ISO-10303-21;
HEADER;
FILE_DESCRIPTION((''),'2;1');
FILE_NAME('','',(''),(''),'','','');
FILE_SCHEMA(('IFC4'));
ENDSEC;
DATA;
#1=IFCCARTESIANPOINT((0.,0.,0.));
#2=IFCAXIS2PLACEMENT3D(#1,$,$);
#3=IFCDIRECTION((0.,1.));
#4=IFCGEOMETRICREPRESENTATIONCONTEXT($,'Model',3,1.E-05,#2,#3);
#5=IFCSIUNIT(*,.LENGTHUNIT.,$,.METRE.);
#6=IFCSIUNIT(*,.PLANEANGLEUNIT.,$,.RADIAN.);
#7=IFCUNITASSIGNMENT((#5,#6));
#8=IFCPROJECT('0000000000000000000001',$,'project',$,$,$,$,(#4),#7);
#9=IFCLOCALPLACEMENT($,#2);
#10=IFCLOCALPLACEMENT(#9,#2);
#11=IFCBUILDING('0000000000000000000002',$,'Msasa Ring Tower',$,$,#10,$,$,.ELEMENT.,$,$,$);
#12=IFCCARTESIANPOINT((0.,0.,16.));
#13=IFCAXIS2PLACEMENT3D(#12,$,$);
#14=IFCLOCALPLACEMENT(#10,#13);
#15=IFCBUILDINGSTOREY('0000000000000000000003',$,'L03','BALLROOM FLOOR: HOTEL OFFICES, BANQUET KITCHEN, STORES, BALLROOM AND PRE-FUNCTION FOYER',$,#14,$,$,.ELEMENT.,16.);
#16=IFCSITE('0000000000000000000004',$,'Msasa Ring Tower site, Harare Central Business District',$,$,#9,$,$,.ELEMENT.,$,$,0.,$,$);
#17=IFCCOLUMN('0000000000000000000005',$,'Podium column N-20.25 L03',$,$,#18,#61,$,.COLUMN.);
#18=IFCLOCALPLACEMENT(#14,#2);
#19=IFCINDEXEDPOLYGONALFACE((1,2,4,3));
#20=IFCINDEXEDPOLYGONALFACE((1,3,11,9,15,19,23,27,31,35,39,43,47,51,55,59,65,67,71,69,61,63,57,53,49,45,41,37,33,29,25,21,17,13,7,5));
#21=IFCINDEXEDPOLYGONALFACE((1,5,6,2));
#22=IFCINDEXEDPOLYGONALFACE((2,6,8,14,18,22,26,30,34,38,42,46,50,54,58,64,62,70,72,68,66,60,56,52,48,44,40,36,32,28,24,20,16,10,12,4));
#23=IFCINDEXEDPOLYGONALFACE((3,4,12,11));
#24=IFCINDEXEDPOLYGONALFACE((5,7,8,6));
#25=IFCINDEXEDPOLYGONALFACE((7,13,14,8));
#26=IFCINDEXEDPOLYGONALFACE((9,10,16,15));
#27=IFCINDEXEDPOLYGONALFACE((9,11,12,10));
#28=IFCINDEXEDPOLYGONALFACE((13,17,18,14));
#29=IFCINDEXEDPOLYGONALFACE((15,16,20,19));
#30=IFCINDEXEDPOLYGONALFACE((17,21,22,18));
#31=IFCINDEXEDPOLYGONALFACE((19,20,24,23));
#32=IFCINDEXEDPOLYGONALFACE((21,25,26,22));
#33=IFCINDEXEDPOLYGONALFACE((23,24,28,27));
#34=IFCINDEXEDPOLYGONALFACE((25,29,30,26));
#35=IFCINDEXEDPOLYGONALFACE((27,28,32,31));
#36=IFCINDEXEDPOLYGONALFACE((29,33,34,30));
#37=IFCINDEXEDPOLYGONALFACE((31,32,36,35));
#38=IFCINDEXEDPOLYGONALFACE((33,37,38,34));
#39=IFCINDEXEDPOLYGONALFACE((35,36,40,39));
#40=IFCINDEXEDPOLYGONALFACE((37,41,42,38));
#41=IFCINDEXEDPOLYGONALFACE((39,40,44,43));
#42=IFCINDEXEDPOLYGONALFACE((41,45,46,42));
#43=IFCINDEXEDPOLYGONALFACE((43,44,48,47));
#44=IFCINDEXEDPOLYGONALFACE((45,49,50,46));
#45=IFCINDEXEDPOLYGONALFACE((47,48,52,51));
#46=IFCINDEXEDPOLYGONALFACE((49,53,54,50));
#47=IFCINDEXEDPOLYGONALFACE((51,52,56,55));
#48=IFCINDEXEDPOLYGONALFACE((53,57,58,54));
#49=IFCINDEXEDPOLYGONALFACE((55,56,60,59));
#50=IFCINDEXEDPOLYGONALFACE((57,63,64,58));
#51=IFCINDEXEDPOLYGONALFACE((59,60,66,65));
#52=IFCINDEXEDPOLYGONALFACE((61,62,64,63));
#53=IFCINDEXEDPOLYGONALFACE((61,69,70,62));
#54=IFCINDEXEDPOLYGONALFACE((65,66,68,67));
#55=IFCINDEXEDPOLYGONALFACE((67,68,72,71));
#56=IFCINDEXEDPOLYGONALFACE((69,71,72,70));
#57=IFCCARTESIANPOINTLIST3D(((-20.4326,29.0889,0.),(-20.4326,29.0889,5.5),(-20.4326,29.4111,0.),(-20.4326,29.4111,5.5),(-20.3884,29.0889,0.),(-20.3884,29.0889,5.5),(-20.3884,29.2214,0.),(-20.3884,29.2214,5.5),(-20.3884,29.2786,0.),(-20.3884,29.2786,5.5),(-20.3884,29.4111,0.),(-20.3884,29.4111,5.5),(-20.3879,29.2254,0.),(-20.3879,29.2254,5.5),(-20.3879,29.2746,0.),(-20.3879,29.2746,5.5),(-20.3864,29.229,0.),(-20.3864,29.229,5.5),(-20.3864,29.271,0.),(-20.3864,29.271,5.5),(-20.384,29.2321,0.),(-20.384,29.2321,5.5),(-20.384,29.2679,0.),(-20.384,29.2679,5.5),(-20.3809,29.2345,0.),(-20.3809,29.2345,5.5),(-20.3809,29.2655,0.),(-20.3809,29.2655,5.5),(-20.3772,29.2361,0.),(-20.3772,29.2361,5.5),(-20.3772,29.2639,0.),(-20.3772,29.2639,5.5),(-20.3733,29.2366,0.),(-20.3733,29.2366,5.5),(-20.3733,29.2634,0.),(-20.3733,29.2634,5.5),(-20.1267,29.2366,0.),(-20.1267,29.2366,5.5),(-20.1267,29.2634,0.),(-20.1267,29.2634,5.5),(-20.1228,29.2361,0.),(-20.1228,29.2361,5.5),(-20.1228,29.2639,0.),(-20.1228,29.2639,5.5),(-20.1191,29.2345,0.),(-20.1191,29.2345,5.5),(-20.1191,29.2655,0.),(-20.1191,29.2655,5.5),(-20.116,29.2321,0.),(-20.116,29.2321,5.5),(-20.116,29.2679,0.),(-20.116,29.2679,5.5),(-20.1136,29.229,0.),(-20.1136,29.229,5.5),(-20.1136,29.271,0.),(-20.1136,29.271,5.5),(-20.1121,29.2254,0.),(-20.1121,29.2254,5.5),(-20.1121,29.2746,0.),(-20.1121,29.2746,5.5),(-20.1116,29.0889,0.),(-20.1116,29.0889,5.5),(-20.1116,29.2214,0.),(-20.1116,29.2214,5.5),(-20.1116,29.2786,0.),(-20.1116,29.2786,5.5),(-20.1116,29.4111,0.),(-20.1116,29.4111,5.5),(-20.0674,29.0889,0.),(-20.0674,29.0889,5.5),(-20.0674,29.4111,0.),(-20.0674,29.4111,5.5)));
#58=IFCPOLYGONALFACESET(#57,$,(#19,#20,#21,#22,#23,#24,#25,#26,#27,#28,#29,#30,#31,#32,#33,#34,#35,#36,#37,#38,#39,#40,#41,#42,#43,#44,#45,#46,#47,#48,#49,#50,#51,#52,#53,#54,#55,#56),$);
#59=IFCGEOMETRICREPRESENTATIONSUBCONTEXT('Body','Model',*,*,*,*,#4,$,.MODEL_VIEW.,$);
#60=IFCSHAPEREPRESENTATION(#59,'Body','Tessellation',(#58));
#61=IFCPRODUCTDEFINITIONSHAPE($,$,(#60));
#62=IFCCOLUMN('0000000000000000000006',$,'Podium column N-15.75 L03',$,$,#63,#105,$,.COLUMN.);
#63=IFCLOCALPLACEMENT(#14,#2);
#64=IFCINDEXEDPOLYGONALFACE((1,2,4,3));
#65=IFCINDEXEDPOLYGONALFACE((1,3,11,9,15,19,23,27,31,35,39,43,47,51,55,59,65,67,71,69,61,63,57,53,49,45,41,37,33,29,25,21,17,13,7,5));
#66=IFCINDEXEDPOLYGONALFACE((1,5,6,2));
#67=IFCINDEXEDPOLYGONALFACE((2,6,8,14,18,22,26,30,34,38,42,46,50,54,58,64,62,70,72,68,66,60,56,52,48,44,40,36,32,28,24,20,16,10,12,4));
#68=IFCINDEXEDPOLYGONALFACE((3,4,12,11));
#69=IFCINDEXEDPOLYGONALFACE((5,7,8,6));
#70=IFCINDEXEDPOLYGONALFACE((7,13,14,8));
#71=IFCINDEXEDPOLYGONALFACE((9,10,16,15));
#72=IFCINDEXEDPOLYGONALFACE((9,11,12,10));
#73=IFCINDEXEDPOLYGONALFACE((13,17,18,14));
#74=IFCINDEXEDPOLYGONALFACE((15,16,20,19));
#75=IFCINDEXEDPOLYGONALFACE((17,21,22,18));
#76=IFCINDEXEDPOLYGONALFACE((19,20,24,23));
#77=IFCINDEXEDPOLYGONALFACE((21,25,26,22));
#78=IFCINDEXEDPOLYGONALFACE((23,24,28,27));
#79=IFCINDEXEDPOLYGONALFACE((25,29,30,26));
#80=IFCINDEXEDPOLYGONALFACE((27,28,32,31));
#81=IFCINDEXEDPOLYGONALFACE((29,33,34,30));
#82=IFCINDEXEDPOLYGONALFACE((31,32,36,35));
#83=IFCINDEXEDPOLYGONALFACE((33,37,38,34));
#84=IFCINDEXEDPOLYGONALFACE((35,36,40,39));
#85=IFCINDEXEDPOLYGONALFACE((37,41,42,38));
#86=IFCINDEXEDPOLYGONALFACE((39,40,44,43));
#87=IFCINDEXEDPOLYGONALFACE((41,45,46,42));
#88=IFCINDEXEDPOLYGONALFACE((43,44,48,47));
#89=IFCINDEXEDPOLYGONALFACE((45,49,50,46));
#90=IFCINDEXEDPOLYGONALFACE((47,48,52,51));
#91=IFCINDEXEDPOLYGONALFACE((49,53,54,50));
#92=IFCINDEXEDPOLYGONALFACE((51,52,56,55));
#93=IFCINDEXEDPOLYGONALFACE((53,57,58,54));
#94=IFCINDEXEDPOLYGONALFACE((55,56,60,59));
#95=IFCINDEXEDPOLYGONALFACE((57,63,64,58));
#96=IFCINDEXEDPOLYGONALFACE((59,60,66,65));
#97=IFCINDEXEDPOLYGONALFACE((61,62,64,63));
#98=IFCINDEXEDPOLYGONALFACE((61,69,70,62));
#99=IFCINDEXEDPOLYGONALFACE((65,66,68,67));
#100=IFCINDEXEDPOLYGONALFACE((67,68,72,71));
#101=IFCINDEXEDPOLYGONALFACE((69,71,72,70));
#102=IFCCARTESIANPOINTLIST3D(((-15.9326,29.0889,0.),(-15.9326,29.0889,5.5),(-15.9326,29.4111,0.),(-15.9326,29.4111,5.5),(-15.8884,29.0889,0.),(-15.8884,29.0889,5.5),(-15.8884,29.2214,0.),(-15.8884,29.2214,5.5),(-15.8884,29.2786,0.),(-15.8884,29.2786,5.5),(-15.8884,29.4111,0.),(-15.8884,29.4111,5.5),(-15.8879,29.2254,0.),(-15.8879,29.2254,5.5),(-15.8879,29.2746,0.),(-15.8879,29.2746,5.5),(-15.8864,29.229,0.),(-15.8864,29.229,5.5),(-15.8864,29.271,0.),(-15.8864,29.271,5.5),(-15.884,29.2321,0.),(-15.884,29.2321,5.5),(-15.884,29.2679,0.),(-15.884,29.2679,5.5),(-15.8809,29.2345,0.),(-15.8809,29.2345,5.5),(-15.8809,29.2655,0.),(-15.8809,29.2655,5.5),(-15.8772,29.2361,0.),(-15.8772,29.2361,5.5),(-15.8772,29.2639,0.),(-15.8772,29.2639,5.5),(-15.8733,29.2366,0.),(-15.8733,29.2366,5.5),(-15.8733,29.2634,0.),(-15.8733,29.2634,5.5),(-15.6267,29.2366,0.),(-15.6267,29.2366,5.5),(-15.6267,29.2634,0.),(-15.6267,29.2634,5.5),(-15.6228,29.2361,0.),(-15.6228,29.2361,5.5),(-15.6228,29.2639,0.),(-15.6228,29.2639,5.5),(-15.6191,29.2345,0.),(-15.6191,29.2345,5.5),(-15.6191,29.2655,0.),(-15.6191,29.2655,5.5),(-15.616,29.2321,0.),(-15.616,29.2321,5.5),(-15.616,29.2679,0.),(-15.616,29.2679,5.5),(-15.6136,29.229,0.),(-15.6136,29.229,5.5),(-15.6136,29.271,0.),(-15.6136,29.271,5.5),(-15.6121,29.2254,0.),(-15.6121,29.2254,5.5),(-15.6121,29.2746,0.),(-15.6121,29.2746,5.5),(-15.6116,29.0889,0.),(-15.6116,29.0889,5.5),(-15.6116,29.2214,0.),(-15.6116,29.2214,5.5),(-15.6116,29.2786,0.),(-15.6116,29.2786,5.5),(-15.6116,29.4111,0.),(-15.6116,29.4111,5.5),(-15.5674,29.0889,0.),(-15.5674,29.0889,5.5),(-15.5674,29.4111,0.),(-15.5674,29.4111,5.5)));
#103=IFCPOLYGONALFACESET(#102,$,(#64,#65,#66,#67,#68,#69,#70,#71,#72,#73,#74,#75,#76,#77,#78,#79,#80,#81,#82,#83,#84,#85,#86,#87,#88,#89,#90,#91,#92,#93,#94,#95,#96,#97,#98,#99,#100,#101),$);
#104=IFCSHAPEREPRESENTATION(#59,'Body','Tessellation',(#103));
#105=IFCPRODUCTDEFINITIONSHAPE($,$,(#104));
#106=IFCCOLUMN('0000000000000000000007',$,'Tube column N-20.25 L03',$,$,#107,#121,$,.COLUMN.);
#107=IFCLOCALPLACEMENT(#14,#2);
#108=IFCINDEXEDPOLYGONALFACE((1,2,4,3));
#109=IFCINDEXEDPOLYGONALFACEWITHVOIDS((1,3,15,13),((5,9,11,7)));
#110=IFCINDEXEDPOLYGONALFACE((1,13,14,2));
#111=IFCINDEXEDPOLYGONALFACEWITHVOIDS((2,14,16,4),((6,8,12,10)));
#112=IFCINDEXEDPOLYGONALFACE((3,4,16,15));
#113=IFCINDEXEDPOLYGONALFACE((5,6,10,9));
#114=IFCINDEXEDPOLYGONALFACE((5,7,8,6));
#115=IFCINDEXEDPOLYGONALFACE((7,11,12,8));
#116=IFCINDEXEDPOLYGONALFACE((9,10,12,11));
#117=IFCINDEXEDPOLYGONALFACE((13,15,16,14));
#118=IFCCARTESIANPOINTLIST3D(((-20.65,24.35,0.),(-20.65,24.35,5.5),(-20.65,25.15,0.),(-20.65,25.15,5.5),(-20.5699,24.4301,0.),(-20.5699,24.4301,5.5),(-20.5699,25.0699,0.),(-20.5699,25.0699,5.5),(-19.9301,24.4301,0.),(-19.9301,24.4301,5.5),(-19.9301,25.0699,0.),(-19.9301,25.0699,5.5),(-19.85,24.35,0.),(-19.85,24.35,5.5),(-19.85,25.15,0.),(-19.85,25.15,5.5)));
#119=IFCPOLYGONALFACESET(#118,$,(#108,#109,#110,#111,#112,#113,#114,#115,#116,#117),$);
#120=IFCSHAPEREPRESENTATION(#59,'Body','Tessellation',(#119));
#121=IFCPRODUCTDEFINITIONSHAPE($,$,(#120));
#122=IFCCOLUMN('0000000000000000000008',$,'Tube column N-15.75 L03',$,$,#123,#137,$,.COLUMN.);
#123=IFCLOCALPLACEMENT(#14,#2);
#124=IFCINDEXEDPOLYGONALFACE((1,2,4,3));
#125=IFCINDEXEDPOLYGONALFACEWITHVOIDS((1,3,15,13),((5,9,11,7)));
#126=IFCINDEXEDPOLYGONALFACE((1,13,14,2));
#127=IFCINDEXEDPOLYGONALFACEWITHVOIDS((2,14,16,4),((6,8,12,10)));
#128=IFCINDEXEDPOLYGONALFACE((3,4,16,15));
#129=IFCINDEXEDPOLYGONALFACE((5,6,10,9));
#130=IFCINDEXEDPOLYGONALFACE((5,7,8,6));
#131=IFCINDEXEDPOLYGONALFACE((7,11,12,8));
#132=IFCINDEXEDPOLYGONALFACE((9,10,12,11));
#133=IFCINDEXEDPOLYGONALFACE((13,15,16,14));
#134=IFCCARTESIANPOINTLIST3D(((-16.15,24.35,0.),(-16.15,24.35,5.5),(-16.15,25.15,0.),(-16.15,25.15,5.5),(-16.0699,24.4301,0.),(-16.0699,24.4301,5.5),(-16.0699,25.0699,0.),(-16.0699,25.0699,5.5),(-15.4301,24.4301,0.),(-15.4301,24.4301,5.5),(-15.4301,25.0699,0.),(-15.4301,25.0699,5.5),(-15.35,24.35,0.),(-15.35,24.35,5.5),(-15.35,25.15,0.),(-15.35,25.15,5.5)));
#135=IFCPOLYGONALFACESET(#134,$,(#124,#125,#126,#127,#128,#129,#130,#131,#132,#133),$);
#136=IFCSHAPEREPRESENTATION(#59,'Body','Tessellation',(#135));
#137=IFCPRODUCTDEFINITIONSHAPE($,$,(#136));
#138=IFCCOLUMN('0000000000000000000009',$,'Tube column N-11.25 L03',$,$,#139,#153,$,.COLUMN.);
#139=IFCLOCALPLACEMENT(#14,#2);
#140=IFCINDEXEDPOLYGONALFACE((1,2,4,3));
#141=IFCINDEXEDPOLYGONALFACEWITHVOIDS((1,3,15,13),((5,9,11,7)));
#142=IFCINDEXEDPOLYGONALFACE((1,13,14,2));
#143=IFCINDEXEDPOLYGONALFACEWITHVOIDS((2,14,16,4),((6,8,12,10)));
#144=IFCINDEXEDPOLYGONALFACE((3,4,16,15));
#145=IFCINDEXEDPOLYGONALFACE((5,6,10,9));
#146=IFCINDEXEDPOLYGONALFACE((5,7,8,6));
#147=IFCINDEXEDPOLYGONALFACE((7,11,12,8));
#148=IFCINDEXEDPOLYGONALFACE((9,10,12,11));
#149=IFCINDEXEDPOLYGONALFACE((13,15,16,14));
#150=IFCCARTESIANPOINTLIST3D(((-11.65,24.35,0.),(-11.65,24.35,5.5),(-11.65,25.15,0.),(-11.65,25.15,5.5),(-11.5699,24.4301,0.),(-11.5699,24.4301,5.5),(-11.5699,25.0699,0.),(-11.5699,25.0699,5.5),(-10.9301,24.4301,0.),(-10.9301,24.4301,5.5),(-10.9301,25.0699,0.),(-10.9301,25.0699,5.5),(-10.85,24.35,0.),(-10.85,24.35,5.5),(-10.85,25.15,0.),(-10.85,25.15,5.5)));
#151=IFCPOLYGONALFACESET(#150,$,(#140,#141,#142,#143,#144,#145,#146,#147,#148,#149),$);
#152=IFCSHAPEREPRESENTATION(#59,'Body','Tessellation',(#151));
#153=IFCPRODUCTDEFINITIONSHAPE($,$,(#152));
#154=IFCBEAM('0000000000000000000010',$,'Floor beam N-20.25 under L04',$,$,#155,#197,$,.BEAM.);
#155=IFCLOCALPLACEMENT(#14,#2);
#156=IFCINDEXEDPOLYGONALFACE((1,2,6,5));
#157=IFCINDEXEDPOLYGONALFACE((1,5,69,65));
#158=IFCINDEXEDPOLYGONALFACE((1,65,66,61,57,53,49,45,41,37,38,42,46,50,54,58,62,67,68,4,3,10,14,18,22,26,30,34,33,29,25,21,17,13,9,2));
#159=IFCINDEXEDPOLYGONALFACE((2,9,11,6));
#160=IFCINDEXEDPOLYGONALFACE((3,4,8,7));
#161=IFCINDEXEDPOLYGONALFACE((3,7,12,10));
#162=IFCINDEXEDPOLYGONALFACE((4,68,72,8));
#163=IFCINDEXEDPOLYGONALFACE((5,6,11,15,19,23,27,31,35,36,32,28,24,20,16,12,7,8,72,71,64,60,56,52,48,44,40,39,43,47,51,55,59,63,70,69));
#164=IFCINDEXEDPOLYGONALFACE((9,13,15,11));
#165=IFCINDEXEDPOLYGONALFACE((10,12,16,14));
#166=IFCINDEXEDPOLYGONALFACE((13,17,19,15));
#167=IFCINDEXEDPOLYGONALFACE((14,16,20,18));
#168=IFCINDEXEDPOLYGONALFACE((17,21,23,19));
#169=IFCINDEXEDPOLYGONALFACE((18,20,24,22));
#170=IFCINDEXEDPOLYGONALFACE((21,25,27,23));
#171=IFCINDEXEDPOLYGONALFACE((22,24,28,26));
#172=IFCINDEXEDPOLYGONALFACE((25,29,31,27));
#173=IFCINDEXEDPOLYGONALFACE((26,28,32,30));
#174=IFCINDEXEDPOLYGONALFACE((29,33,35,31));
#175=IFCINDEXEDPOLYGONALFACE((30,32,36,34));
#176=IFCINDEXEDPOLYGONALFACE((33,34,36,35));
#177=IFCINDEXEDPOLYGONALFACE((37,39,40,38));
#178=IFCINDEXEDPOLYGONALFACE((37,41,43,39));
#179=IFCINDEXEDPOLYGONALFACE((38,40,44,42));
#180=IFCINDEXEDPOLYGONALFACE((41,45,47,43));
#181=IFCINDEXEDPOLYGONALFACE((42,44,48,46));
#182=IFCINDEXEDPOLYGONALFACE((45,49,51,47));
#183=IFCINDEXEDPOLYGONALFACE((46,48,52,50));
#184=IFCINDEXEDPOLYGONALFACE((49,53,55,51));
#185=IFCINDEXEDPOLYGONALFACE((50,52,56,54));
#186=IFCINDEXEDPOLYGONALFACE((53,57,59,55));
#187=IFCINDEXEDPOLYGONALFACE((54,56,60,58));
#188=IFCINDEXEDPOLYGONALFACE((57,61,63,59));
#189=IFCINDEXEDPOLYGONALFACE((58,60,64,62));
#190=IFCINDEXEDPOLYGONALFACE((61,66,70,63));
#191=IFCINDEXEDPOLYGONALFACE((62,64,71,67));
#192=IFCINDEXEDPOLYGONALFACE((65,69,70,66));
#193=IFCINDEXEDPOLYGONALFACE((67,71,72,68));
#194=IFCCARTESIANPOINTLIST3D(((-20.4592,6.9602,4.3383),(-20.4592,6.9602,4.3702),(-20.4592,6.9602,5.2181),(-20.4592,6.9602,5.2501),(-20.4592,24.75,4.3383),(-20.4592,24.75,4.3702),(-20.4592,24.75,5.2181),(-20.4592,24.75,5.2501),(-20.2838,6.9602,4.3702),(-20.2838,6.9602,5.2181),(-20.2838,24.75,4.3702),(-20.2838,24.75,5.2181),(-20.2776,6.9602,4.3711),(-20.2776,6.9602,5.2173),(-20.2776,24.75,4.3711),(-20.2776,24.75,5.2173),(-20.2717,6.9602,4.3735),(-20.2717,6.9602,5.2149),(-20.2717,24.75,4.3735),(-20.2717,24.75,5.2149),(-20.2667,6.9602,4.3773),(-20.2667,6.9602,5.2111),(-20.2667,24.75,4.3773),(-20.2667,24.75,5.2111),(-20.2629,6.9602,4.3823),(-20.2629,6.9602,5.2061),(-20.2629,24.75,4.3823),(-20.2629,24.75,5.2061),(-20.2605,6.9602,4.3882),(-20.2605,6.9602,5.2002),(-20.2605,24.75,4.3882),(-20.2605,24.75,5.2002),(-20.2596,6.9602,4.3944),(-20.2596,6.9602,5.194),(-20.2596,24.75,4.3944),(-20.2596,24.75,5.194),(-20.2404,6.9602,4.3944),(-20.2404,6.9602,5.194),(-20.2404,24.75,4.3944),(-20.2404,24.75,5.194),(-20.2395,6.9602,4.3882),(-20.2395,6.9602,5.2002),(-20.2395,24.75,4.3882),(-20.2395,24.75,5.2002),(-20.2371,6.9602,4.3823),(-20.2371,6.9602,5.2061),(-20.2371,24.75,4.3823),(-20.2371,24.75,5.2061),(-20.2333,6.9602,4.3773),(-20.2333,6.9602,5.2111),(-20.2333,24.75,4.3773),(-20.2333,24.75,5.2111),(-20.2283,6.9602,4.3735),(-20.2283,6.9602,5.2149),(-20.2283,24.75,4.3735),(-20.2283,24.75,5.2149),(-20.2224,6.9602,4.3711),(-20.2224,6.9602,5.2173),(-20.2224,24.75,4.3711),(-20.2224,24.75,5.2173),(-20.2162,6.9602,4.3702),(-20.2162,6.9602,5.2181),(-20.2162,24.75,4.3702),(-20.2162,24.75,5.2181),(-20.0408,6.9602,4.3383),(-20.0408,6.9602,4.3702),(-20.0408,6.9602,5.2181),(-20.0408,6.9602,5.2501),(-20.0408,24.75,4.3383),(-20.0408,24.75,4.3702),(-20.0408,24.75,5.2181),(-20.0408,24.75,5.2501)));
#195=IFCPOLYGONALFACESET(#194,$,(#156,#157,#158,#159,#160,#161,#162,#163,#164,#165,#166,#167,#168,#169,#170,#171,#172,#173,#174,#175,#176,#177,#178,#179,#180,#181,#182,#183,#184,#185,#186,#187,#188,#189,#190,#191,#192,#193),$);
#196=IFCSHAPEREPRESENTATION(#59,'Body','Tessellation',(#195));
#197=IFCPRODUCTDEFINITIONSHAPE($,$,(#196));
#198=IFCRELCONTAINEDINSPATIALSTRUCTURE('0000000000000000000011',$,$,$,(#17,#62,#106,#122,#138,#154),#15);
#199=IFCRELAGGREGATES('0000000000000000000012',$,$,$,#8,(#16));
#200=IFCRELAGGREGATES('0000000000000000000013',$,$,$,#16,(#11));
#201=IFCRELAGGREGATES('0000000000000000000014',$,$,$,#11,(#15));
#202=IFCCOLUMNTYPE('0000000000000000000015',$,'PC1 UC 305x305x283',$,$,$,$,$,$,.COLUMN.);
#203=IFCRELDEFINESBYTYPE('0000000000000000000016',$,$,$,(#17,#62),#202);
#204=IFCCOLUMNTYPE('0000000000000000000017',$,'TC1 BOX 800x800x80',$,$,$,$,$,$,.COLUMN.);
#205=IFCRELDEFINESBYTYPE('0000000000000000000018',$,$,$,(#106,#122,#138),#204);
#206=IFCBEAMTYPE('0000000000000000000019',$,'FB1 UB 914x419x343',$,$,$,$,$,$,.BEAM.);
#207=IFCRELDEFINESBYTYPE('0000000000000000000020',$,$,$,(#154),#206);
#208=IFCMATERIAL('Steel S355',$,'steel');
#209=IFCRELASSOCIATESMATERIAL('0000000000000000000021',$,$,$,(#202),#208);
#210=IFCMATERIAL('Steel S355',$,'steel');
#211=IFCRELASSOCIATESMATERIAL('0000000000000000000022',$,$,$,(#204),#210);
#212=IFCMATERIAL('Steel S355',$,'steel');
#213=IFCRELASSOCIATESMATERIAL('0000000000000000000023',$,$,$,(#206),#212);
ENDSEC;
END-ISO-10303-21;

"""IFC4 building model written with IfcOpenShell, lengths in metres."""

from ifc_helpers import new_model, si_unit, direction, frame, origin, origin_2d, place, context, subcontext, project, spatial, hollow_rectangle, i_section, extrude, material, material_profile, profile_set, type_object, element, save


model = new_model("IFC4")

# Units and contexts
model_context = context("Model", 3, precision=1e-05, world=origin(), true_north=direction((0.0, 1.0)))
body_context = subcontext(model_context, "Body", "Model", "MODEL_VIEW")
ifc_project = project(units=[si_unit("LENGTHUNIT", "METRE"), si_unit("PLANEANGLEUNIT", "RADIAN")], contexts=[model_context])

# Site, building, storey
site_placement = place(None, origin())
site = spatial("IfcSite", under=ifc_project, at=site_placement, Name="Msasa Ring Tower site, Harare Central Business District", CompositionType="ELEMENT", RefElevation=0.0)
building_placement = place(site_placement, origin())
building = spatial("IfcBuilding", under=site, at=building_placement, Name="Msasa Ring Tower", CompositionType="ELEMENT")
storey_placement = place(building_placement, frame((0.0, 0.0, 16.0)))
storey = spatial("IfcBuildingStorey", under=building, at=storey_placement, Name="L03", Description="BALLROOM FLOOR: HOTEL OFFICES, BANQUET KITCHEN, STORES, BALLROOM AND PRE-FUNCTION FOYER", CompositionType="ELEMENT", Elevation=16.0)

# Columns
ifc_material_1 = material(Name="Steel S355", Category="steel")
ifc_material_profile_1 = material_profile(ifc_material_1, i_section(OverallWidth=0.3223, OverallDepth=0.3652, WebThickness=0.0269, FlangeThickness=0.0442, FilletRadius=0.0151, at=origin_2d()), Name="UC 305x305x283")
ifc_profile_set_1 = profile_set([ifc_material_profile_1], Name="Steel S355")
column_type_1 = type_object("IfcColumnType", Name="PC1 UC 305x305x283", PredefinedType="COLUMN", material=ifc_profile_set_1)
for number, where, z_axis, x_axis, name in (
    (1, (-20.25, 29.25, 0.0), (0.0, 0.0, 1.0), (0.0, 1.0, 0.0), "Podium column N-20.25 L03"),
    (2, (-15.75, 29.25, 0.0), (0.0, 0.0, 1.0), (0.0, 1.0, 0.0), "Podium column N-15.75 L03"),
):
    element("IfcColumn", number, at=place(storey_placement, frame(where, z_axis=z_axis, x_axis=x_axis)), inside=storey, type_object=column_type_1, Name=name, PredefinedType="COLUMN", context=body_context, shape_type="SweptSolid", body=[
        extrude(i_section(OverallWidth=0.3223, OverallDepth=0.3652, WebThickness=0.0269, FlangeThickness=0.0442, FilletRadius=0.0151, at=origin_2d()), origin(), (0.0, 0.0, 1.0), 5.5),
    ])
ifc_material_2 = material(Name="Steel S355", Category="steel")
ifc_material_profile_2 = material_profile(ifc_material_2, hollow_rectangle(XDim=0.8, YDim=0.8, WallThickness=0.0801, at=origin_2d()), Name="BOX 800x800x80")
ifc_profile_set_2 = profile_set([ifc_material_profile_2], Name="Steel S355")
column_type_2 = type_object("IfcColumnType", Name="TC1 BOX 800x800x80", PredefinedType="COLUMN", material=ifc_profile_set_2)
for number, where, z_axis, x_axis, name in (
    (3, (-20.25, 24.75, 0.0), (0.0, 0.0, 1.0), (0.0, 1.0, 0.0), "Tube column N-20.25 L03"),
    (4, (-15.75, 24.75, 0.0), (0.0, 0.0, 1.0), (0.0, 1.0, 0.0), "Tube column N-15.75 L03"),
    (5, (-11.25, 24.75, 0.0), (0.0, 0.0, 1.0), (0.0, 1.0, 0.0), "Tube column N-11.25 L03"),
):
    element("IfcColumn", number, at=place(storey_placement, frame(where, z_axis=z_axis, x_axis=x_axis)), inside=storey, type_object=column_type_2, Name=name, PredefinedType="COLUMN", context=body_context, shape_type="SweptSolid", body=[
        extrude(hollow_rectangle(XDim=0.8, YDim=0.8, WallThickness=0.0801, at=origin_2d()), origin(), (0.0, 0.0, 1.0), 5.5),
    ])

# Beam
ifc_material_3 = material(Name="Steel S355", Category="steel")
ifc_material_profile_3 = material_profile(ifc_material_3, i_section(OverallWidth=0.4185, OverallDepth=0.9119, WebThickness=0.0193, FlangeThickness=0.032, FilletRadius=0.0242, at=origin_2d()), Name="UB 914x419x343")
ifc_profile_set_3 = profile_set([ifc_material_profile_3], Name="Steel S355")
beam_type_1 = type_object("IfcBeamType", Name="FB1 UB 914x419x343", PredefinedType="BEAM", material=ifc_profile_set_3)
beam_1_placement = place(storey_placement, frame((-20.25, 24.75, 4.7942), z_axis=(0.0, -1.0, 0.0), x_axis=(1.0, 0.0, 0.0)))
element("IfcBeam", 6, at=beam_1_placement, inside=storey, type_object=beam_type_1, Name="Floor beam N-20.25 under L04", PredefinedType="BEAM", context=body_context, shape_type="SweptSolid", body=[
    extrude(i_section(OverallWidth=0.4185, OverallDepth=0.9119, WebThickness=0.0193, FlangeThickness=0.032, FilletRadius=0.0242, at=origin_2d()), origin(), (0.0, 0.0, 1.0), 17.7898),
])

save(model, "model.ifc")
